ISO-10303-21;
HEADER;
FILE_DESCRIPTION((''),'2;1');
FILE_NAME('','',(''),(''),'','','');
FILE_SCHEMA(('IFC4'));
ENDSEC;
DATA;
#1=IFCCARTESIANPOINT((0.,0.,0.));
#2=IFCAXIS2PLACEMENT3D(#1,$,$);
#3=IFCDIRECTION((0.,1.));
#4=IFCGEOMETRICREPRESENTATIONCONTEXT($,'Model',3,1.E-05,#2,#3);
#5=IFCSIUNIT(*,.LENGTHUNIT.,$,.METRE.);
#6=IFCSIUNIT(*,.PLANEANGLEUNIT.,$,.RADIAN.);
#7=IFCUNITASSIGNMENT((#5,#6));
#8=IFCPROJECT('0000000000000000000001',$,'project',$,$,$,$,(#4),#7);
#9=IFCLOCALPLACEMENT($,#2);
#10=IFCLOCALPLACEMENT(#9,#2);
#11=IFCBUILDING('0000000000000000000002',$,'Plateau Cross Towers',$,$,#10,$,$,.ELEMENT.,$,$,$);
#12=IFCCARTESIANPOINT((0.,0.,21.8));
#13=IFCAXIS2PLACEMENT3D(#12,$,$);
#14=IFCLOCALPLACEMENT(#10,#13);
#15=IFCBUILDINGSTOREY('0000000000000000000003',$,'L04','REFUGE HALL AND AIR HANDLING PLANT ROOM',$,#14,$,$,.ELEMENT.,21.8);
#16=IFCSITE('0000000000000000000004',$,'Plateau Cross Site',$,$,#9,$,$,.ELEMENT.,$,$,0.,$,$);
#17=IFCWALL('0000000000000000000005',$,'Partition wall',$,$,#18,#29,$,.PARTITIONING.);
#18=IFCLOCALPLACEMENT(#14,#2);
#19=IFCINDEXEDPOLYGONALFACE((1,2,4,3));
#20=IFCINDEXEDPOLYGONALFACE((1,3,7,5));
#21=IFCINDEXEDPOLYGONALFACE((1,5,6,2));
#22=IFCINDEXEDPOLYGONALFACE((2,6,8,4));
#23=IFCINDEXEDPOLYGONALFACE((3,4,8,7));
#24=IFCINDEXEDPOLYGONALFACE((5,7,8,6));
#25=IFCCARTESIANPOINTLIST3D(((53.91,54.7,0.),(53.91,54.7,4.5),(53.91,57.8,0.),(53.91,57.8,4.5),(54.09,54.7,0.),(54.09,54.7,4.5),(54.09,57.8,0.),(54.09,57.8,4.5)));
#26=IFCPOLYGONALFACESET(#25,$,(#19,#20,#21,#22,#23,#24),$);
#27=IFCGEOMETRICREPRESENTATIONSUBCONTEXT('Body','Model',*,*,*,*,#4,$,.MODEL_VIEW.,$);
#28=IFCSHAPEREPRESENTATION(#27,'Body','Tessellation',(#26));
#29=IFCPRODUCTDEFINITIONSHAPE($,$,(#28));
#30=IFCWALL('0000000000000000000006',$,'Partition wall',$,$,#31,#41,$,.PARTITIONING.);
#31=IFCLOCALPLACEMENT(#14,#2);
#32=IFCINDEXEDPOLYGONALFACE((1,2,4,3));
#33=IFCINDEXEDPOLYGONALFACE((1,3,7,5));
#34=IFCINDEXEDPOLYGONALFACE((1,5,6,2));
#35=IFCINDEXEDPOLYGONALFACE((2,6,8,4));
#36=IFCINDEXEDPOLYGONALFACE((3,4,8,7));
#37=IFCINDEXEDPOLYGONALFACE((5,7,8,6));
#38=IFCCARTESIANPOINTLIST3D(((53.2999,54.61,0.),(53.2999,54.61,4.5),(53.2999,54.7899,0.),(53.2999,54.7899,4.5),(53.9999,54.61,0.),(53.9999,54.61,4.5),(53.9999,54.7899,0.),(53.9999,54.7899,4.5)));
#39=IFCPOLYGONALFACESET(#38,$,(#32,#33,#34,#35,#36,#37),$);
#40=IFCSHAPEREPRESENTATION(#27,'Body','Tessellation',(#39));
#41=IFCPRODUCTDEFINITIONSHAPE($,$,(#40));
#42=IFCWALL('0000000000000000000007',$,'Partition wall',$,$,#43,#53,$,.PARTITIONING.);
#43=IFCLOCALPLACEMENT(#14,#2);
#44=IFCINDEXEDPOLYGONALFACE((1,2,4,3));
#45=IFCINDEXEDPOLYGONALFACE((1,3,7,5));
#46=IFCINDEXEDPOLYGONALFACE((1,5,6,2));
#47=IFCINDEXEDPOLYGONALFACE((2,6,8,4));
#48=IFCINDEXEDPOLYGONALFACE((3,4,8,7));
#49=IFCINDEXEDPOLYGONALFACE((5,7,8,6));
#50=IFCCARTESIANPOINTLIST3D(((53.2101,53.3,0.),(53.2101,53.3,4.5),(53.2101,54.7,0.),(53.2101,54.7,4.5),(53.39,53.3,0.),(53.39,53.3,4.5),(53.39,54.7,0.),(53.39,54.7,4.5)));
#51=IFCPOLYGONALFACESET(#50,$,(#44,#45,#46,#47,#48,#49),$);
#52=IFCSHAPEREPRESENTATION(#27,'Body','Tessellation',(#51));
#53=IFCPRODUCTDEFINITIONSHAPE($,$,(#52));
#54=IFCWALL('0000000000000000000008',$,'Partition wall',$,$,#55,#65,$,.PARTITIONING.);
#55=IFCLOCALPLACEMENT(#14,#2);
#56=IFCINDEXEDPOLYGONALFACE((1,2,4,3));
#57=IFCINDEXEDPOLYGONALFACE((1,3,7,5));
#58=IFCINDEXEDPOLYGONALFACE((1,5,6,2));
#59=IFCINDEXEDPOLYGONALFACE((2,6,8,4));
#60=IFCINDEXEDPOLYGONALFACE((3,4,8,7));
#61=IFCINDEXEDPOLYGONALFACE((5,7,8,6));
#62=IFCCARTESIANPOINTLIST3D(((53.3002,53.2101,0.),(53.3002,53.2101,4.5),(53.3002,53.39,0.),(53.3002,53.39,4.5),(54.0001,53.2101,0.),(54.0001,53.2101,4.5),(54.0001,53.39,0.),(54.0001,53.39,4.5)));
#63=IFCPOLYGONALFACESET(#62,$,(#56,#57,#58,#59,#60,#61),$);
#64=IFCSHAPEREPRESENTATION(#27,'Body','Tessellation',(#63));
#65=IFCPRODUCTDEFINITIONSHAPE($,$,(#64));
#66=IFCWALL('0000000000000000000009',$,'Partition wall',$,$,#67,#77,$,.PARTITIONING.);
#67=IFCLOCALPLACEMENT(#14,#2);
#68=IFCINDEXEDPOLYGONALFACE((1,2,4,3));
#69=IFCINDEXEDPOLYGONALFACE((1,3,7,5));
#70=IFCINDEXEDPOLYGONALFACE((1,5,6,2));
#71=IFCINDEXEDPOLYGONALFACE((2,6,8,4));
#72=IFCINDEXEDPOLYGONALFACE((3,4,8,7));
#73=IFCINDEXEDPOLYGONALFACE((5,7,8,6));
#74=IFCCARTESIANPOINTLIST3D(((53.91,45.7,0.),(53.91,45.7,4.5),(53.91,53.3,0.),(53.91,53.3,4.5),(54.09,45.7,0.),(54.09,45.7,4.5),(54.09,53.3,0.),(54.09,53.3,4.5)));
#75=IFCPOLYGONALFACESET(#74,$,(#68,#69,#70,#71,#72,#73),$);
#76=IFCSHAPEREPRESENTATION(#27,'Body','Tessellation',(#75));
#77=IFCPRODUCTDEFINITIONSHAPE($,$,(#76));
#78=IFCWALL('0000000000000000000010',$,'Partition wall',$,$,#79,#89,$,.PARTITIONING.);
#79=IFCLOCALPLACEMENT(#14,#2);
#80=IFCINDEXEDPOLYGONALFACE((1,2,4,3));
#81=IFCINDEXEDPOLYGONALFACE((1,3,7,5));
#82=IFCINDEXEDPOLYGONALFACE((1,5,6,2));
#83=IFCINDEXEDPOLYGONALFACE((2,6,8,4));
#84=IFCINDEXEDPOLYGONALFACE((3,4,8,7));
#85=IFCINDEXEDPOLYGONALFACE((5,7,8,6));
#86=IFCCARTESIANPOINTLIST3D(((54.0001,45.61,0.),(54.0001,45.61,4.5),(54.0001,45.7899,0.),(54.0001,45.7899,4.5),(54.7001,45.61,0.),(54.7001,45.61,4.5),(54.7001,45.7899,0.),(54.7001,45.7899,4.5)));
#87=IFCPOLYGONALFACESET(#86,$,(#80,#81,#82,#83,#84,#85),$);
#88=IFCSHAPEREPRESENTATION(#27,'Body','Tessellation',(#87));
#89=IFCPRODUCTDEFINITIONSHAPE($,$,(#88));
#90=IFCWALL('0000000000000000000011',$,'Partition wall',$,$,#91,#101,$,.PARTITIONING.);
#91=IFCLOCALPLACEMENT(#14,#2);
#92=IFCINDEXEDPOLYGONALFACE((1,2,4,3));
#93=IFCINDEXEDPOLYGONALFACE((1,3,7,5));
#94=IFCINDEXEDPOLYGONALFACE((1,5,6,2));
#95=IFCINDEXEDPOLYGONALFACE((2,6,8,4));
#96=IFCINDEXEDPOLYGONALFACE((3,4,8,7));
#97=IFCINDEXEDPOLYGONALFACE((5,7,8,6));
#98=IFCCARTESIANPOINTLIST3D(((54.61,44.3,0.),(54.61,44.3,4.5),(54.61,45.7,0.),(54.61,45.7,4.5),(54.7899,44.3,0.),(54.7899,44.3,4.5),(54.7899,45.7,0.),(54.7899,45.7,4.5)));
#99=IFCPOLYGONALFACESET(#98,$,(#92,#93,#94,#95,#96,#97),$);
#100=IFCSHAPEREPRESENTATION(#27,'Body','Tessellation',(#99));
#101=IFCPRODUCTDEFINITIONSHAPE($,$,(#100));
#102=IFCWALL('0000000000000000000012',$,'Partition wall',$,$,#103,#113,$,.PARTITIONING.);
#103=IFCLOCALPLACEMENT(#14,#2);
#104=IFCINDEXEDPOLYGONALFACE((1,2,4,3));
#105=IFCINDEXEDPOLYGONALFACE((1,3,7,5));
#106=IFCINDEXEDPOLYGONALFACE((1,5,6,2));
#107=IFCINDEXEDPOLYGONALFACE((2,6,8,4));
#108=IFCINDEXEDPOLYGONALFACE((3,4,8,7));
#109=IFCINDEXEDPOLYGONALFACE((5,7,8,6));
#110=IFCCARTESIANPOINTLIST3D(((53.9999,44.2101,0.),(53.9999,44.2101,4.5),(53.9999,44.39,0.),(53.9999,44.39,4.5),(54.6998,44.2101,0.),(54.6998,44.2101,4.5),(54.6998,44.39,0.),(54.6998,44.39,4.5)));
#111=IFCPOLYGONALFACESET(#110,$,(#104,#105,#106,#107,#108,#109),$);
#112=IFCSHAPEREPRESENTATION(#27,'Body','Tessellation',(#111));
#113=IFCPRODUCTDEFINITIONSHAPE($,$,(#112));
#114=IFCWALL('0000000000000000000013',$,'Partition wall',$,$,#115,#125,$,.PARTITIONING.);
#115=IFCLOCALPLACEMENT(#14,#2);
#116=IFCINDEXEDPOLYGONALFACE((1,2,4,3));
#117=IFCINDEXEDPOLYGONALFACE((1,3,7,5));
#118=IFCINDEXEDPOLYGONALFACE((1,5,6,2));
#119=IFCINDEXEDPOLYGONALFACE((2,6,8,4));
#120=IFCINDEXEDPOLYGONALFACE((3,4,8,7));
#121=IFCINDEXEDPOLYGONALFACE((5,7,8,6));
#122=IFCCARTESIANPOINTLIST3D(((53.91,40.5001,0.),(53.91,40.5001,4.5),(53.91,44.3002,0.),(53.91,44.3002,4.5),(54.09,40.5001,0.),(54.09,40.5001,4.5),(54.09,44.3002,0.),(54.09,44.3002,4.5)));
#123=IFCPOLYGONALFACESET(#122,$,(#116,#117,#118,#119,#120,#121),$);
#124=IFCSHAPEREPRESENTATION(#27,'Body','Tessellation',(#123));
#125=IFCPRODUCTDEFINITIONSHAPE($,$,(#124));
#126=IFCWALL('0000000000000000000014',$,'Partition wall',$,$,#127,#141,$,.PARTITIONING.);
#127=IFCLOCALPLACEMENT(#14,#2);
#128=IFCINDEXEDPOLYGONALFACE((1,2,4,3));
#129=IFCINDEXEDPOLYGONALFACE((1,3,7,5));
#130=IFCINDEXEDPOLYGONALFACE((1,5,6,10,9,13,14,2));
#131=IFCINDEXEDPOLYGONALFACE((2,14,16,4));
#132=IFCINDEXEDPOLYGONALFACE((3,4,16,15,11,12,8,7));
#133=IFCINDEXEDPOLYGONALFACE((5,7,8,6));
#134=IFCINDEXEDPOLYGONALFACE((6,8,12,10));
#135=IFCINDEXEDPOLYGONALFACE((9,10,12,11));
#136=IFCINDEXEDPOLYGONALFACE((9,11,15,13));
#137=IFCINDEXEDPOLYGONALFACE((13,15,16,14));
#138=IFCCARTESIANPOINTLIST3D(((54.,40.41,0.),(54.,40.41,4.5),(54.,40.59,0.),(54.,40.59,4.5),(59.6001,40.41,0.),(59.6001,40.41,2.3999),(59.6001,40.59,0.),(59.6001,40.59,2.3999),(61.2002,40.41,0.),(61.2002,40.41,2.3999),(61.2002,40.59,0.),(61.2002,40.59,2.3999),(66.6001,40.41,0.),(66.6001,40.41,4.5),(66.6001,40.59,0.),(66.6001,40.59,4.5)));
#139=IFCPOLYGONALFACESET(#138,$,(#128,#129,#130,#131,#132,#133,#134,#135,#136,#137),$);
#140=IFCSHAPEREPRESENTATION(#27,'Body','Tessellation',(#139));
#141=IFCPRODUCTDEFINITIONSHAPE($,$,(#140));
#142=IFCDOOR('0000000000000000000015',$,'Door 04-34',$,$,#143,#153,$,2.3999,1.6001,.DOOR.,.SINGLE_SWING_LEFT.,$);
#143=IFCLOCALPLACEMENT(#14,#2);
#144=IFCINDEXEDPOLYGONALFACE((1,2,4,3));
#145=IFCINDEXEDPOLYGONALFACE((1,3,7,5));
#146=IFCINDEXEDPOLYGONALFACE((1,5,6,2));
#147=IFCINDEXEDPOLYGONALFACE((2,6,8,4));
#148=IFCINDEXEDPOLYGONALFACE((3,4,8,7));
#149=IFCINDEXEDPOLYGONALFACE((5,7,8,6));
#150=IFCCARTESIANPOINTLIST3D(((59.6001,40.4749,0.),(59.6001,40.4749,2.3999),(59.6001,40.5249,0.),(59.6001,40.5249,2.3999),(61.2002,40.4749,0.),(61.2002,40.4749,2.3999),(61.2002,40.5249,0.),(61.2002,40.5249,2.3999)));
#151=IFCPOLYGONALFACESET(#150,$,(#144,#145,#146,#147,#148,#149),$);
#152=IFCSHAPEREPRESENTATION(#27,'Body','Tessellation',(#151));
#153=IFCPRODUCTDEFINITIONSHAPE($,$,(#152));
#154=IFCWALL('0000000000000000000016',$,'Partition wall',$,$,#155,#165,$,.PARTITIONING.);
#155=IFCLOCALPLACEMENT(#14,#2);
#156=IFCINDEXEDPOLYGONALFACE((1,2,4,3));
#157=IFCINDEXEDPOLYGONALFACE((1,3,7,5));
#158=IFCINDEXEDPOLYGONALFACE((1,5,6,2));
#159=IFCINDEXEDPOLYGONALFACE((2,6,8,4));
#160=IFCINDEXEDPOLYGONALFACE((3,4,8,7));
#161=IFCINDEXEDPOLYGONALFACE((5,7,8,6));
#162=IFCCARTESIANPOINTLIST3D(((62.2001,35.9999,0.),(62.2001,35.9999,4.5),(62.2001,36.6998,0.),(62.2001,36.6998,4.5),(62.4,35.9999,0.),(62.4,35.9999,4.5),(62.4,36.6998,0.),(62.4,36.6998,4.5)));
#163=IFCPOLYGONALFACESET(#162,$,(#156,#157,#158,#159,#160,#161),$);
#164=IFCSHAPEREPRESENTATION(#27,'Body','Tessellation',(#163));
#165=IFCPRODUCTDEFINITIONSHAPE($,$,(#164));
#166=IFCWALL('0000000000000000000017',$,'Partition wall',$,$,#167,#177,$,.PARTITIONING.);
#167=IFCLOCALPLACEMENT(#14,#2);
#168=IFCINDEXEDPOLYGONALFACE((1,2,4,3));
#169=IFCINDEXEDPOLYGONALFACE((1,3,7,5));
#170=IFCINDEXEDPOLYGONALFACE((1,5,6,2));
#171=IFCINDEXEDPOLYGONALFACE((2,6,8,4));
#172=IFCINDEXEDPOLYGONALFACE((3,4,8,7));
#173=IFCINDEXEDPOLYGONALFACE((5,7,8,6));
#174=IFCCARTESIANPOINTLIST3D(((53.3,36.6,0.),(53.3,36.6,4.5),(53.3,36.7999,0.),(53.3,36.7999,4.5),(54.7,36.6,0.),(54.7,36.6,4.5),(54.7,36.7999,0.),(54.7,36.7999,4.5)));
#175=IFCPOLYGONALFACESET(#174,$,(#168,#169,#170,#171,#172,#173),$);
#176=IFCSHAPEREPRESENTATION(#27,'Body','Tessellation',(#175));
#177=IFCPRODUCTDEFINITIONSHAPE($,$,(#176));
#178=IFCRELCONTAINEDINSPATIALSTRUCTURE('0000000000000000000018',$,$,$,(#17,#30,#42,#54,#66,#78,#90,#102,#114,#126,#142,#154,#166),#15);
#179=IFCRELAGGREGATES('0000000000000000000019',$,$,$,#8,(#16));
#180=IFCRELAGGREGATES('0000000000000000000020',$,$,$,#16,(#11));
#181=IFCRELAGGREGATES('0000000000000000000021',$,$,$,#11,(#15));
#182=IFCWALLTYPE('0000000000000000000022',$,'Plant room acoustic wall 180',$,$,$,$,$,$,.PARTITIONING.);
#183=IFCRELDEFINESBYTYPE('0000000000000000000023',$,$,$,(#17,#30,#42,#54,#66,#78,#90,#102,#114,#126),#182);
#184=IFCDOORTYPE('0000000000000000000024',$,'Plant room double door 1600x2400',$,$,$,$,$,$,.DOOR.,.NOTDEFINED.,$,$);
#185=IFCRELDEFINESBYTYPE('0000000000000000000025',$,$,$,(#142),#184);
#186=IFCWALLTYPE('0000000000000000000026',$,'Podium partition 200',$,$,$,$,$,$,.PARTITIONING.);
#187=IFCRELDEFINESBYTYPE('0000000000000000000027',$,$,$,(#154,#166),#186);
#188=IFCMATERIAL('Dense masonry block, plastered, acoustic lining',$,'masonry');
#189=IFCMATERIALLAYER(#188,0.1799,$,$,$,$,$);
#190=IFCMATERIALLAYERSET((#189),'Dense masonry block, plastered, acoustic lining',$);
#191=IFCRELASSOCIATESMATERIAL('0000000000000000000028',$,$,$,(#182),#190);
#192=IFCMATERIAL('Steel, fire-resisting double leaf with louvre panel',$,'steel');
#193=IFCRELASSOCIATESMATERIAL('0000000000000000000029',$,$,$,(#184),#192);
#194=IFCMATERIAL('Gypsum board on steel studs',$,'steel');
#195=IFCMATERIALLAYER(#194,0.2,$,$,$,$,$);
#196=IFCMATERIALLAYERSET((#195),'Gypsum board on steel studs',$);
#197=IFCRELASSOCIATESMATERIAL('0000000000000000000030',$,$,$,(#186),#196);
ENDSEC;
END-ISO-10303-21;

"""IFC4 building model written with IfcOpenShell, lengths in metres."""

from ifc_helpers import new_model, si_unit, direction, frame, frame_2d, origin, place, context, subcontext, project, spatial, rectangle, extrude, material, layer, layer_set, type_object, element, fill, save


model = new_model("IFC4")

# Units and contexts
model_context = context("Model", 3, precision=1e-05, world=origin(), true_north=direction((0.0, 1.0)))
body_context = subcontext(model_context, "Body", "Model", "MODEL_VIEW")
ifc_project = project(units=[si_unit("LENGTHUNIT", "METRE"), si_unit("PLANEANGLEUNIT", "RADIAN")], contexts=[model_context])

# Site, building, storey
site_placement = place(None, origin())
site = spatial("IfcSite", under=ifc_project, at=site_placement, Name="Plateau Cross Site", CompositionType="ELEMENT", RefElevation=0.0)
building_placement = place(site_placement, origin())
building = spatial("IfcBuilding", under=site, at=building_placement, Name="Plateau Cross Towers", CompositionType="ELEMENT")
storey_placement = place(building_placement, frame((0.0, 0.0, 21.8)))
storey = spatial("IfcBuildingStorey", under=building, at=storey_placement, Name="L04", Description="REFUGE HALL AND AIR HANDLING PLANT ROOM", CompositionType="ELEMENT", Elevation=21.8)

# Walls
ifc_material_1 = material(Name="Dense masonry block, plastered, acoustic lining", Category="masonry")
ifc_layer_1 = layer(ifc_material_1, 0.1799)
ifc_layer_set_1 = layer_set([ifc_layer_1], Name="Dense masonry block, plastered, acoustic lining")
wall_type_1 = type_object("IfcWallType", Name="Plant room acoustic wall 180", PredefinedType="PARTITIONING", material=ifc_layer_set_1)
wall_1_placement = place(storey_placement, frame((54.0, 57.8, 0.0), z_axis=(0.0, 0.0, 1.0), x_axis=(0.0, -1.0, 0.0)))
element("IfcWall", 1, at=wall_1_placement, inside=storey, type_object=wall_type_1, Name="Partition wall", PredefinedType="PARTITIONING", context=body_context, shape_type="SweptSolid", body=[
    extrude(rectangle(XDim=3.1001, YDim=0.1799, at=frame_2d((1.55, 0.0))), origin(), (0.0, 0.0, 1.0), 4.5),
])
wall_2_placement = place(storey_placement, frame((54.0, 54.7, 0.0), z_axis=(0.0, 0.0, 1.0), x_axis=(-1.0, 0.0, 0.0)))
element("IfcWall", 2, at=wall_2_placement, inside=storey, type_object=wall_type_1, Name="Partition wall", PredefinedType="PARTITIONING", context=body_context, shape_type="SweptSolid", body=[
    extrude(rectangle(XDim=0.7, YDim=0.1799, at=frame_2d((0.3501, 0.0))), origin(), (0.0, 0.0, 1.0), 4.5),
])
wall_3_placement = place(storey_placement, frame((53.3, 54.7, 0.0), z_axis=(0.0, 0.0, 1.0), x_axis=(0.0, -1.0, 0.0)))
element("IfcWall", 3, at=wall_3_placement, inside=storey, type_object=wall_type_1, Name="Partition wall", PredefinedType="PARTITIONING", context=body_context, shape_type="SweptSolid", body=[
    extrude(rectangle(XDim=1.3999, YDim=0.1799, at=frame_2d((0.7, 0.0))), origin(), (0.0, 0.0, 1.0), 4.5),
])
wall_4_placement = place(storey_placement, frame((53.3, 53.3, 0.0), z_axis=(0.0, 0.0, 1.0), x_axis=(1.0, 0.0, 0.0)))
element("IfcWall", 4, at=wall_4_placement, inside=storey, type_object=wall_type_1, Name="Partition wall", PredefinedType="PARTITIONING", context=body_context, shape_type="SweptSolid", body=[
    extrude(rectangle(XDim=0.7, YDim=0.1799, at=frame_2d((0.3501, 0.0))), origin(), (0.0, 0.0, 1.0), 4.5),
])
wall_5_placement = place(storey_placement, frame((54.0, 53.3, 0.0), z_axis=(0.0, 0.0, 1.0), x_axis=(0.0, -1.0, 0.0)))
element("IfcWall", 5, at=wall_5_placement, inside=storey, type_object=wall_type_1, Name="Partition wall", PredefinedType="PARTITIONING", context=body_context, shape_type="SweptSolid", body=[
    extrude(rectangle(XDim=7.6001, YDim=0.1799, at=frame_2d((3.8, 0.0))), origin(), (0.0, 0.0, 1.0), 4.5),
])
wall_6_placement = place(storey_placement, frame((54.0, 45.7, 0.0), z_axis=(0.0, 0.0, 1.0), x_axis=(1.0, 0.0, 0.0)))
element("IfcWall", 6, at=wall_6_placement, inside=storey, type_object=wall_type_1, Name="Partition wall", PredefinedType="PARTITIONING", context=body_context, shape_type="SweptSolid", body=[
    extrude(rectangle(XDim=0.7, YDim=0.1799, at=frame_2d((0.3501, 0.0))), origin(), (0.0, 0.0, 1.0), 4.5),
])
wall_7_placement = place(storey_placement, frame((54.7, 45.7, 0.0), z_axis=(0.0, 0.0, 1.0), x_axis=(0.0, -1.0, 0.0)))
element("IfcWall", 7, at=wall_7_placement, inside=storey, type_object=wall_type_1, Name="Partition wall", PredefinedType="PARTITIONING", context=body_context, shape_type="SweptSolid", body=[
    extrude(rectangle(XDim=1.3999, YDim=0.1799, at=frame_2d((0.7, 0.0))), origin(), (0.0, 0.0, 1.0), 4.5),
])
wall_8_placement = place(storey_placement, frame((54.7, 44.3, 0.0), z_axis=(0.0, 0.0, 1.0), x_axis=(-1.0, 0.0, 0.0)))
element("IfcWall", 8, at=wall_8_placement, inside=storey, type_object=wall_type_1, Name="Partition wall", PredefinedType="PARTITIONING", context=body_context, shape_type="SweptSolid", body=[
    extrude(rectangle(XDim=0.7, YDim=0.1799, at=frame_2d((0.3501, 0.0))), origin(), (0.0, 0.0, 1.0), 4.5),
])
wall_9_placement = place(storey_placement, frame((54.0, 44.3, 0.0), z_axis=(0.0, 0.0, 1.0), x_axis=(0.0, -1.0, 0.0)))
element("IfcWall", 9, at=wall_9_placement, inside=storey, type_object=wall_type_1, Name="Partition wall", PredefinedType="PARTITIONING", context=body_context, shape_type="SweptSolid", body=[
    extrude(rectangle(XDim=3.8, YDim=0.1799, at=frame_2d((1.8999, 0.0))), origin(), (0.0, 0.0, 1.0), 4.5),
])

# Wall, opening, door
wall_10_placement = place(storey_placement, frame((54.0, 40.5, 0.0), z_axis=(0.0, 0.0, 1.0), x_axis=(1.0, 0.0, 0.0)))
wall_10 = element("IfcWall", 10, at=wall_10_placement, inside=storey, type_object=wall_type_1, Name="Partition wall", PredefinedType="PARTITIONING", context=body_context, shape_type="SweptSolid", body=[
    extrude(rectangle(XDim=12.6001, YDim=0.1799, at=frame_2d((6.3, 0.0))), origin(), (0.0, 0.0, 1.0), 4.5),
])
opening_placement = place(wall_10_placement, frame((5.6001, 0.0, 0.0)))
opening = element("IfcOpeningElement", 11, at=opening_placement, cuts=wall_10, PredefinedType="OPENING", context=body_context, shape_type="SweptSolid", body=[
    extrude(rectangle(XDim=1.6001, YDim=2.3999, at=frame_2d((0.8, 1.2))), frame((0.0, 0.0999, 0.0), z_axis=(0.0, -1.0, 0.0), x_axis=(1.0, 0.0, 0.0)), (0.0, 0.0, 1.0), 0.2),
])
ifc_material_2 = material(Name="Steel, fire-resisting double leaf with louvre panel", Category="steel")
door_type = type_object("IfcDoorType", Name="Plant room double door 1600x2400", OperationType="NOTDEFINED", PredefinedType="DOOR", material=ifc_material_2)
door_placement = place(opening_placement, origin())
door = element("IfcDoor", 12, at=door_placement, inside=storey, type_object=door_type, Name="Door 04-34", OperationType="SINGLE_SWING_LEFT", OverallHeight=2.3999, OverallWidth=1.6001, PredefinedType="DOOR", context=body_context, shape_type="SweptSolid", body=[
    extrude(rectangle(XDim=1.6001, YDim=2.3999, at=frame_2d((0.8, 1.2))), frame((0.0, 0.0249, 0.0), z_axis=(0.0, -1.0, 0.0), x_axis=(1.0, 0.0, 0.0)), (0.0, 0.0, 1.0), 0.05),
])
fill(opening, door)

# Walls
ifc_material_3 = material(Name="Gypsum board on steel studs", Category="steel")
ifc_layer_2 = layer(ifc_material_3, 0.2)
ifc_layer_set_2 = layer_set([ifc_layer_2], Name="Gypsum board on steel studs")
wall_type_2 = type_object("IfcWallType", Name="Podium partition 200", PredefinedType="PARTITIONING", material=ifc_layer_set_2)
wall_11_placement = place(storey_placement, frame((62.3, 36.7, 0.0), z_axis=(0.0, 0.0, 1.0), x_axis=(0.0, -1.0, 0.0)))
element("IfcWall", 13, at=wall_11_placement, inside=storey, type_object=wall_type_2, Name="Partition wall", PredefinedType="PARTITIONING", context=body_context, shape_type="SweptSolid", body=[
    extrude(rectangle(XDim=0.7, YDim=0.2, at=frame_2d((0.3501, 0.0))), origin(), (0.0, 0.0, 1.0), 4.5),
])
wall_12_placement = place(storey_placement, frame((54.7, 36.7, 0.0), z_axis=(0.0, 0.0, 1.0), x_axis=(-1.0, 0.0, 0.0)))
element("IfcWall", 14, at=wall_12_placement, inside=storey, type_object=wall_type_2, Name="Partition wall", PredefinedType="PARTITIONING", context=body_context, shape_type="SweptSolid", body=[
    extrude(rectangle(XDim=1.3999, YDim=0.2, at=frame_2d((0.7, 0.0))), origin(), (0.0, 0.0, 1.0), 4.5),
])

save(model, "model.ifc")
